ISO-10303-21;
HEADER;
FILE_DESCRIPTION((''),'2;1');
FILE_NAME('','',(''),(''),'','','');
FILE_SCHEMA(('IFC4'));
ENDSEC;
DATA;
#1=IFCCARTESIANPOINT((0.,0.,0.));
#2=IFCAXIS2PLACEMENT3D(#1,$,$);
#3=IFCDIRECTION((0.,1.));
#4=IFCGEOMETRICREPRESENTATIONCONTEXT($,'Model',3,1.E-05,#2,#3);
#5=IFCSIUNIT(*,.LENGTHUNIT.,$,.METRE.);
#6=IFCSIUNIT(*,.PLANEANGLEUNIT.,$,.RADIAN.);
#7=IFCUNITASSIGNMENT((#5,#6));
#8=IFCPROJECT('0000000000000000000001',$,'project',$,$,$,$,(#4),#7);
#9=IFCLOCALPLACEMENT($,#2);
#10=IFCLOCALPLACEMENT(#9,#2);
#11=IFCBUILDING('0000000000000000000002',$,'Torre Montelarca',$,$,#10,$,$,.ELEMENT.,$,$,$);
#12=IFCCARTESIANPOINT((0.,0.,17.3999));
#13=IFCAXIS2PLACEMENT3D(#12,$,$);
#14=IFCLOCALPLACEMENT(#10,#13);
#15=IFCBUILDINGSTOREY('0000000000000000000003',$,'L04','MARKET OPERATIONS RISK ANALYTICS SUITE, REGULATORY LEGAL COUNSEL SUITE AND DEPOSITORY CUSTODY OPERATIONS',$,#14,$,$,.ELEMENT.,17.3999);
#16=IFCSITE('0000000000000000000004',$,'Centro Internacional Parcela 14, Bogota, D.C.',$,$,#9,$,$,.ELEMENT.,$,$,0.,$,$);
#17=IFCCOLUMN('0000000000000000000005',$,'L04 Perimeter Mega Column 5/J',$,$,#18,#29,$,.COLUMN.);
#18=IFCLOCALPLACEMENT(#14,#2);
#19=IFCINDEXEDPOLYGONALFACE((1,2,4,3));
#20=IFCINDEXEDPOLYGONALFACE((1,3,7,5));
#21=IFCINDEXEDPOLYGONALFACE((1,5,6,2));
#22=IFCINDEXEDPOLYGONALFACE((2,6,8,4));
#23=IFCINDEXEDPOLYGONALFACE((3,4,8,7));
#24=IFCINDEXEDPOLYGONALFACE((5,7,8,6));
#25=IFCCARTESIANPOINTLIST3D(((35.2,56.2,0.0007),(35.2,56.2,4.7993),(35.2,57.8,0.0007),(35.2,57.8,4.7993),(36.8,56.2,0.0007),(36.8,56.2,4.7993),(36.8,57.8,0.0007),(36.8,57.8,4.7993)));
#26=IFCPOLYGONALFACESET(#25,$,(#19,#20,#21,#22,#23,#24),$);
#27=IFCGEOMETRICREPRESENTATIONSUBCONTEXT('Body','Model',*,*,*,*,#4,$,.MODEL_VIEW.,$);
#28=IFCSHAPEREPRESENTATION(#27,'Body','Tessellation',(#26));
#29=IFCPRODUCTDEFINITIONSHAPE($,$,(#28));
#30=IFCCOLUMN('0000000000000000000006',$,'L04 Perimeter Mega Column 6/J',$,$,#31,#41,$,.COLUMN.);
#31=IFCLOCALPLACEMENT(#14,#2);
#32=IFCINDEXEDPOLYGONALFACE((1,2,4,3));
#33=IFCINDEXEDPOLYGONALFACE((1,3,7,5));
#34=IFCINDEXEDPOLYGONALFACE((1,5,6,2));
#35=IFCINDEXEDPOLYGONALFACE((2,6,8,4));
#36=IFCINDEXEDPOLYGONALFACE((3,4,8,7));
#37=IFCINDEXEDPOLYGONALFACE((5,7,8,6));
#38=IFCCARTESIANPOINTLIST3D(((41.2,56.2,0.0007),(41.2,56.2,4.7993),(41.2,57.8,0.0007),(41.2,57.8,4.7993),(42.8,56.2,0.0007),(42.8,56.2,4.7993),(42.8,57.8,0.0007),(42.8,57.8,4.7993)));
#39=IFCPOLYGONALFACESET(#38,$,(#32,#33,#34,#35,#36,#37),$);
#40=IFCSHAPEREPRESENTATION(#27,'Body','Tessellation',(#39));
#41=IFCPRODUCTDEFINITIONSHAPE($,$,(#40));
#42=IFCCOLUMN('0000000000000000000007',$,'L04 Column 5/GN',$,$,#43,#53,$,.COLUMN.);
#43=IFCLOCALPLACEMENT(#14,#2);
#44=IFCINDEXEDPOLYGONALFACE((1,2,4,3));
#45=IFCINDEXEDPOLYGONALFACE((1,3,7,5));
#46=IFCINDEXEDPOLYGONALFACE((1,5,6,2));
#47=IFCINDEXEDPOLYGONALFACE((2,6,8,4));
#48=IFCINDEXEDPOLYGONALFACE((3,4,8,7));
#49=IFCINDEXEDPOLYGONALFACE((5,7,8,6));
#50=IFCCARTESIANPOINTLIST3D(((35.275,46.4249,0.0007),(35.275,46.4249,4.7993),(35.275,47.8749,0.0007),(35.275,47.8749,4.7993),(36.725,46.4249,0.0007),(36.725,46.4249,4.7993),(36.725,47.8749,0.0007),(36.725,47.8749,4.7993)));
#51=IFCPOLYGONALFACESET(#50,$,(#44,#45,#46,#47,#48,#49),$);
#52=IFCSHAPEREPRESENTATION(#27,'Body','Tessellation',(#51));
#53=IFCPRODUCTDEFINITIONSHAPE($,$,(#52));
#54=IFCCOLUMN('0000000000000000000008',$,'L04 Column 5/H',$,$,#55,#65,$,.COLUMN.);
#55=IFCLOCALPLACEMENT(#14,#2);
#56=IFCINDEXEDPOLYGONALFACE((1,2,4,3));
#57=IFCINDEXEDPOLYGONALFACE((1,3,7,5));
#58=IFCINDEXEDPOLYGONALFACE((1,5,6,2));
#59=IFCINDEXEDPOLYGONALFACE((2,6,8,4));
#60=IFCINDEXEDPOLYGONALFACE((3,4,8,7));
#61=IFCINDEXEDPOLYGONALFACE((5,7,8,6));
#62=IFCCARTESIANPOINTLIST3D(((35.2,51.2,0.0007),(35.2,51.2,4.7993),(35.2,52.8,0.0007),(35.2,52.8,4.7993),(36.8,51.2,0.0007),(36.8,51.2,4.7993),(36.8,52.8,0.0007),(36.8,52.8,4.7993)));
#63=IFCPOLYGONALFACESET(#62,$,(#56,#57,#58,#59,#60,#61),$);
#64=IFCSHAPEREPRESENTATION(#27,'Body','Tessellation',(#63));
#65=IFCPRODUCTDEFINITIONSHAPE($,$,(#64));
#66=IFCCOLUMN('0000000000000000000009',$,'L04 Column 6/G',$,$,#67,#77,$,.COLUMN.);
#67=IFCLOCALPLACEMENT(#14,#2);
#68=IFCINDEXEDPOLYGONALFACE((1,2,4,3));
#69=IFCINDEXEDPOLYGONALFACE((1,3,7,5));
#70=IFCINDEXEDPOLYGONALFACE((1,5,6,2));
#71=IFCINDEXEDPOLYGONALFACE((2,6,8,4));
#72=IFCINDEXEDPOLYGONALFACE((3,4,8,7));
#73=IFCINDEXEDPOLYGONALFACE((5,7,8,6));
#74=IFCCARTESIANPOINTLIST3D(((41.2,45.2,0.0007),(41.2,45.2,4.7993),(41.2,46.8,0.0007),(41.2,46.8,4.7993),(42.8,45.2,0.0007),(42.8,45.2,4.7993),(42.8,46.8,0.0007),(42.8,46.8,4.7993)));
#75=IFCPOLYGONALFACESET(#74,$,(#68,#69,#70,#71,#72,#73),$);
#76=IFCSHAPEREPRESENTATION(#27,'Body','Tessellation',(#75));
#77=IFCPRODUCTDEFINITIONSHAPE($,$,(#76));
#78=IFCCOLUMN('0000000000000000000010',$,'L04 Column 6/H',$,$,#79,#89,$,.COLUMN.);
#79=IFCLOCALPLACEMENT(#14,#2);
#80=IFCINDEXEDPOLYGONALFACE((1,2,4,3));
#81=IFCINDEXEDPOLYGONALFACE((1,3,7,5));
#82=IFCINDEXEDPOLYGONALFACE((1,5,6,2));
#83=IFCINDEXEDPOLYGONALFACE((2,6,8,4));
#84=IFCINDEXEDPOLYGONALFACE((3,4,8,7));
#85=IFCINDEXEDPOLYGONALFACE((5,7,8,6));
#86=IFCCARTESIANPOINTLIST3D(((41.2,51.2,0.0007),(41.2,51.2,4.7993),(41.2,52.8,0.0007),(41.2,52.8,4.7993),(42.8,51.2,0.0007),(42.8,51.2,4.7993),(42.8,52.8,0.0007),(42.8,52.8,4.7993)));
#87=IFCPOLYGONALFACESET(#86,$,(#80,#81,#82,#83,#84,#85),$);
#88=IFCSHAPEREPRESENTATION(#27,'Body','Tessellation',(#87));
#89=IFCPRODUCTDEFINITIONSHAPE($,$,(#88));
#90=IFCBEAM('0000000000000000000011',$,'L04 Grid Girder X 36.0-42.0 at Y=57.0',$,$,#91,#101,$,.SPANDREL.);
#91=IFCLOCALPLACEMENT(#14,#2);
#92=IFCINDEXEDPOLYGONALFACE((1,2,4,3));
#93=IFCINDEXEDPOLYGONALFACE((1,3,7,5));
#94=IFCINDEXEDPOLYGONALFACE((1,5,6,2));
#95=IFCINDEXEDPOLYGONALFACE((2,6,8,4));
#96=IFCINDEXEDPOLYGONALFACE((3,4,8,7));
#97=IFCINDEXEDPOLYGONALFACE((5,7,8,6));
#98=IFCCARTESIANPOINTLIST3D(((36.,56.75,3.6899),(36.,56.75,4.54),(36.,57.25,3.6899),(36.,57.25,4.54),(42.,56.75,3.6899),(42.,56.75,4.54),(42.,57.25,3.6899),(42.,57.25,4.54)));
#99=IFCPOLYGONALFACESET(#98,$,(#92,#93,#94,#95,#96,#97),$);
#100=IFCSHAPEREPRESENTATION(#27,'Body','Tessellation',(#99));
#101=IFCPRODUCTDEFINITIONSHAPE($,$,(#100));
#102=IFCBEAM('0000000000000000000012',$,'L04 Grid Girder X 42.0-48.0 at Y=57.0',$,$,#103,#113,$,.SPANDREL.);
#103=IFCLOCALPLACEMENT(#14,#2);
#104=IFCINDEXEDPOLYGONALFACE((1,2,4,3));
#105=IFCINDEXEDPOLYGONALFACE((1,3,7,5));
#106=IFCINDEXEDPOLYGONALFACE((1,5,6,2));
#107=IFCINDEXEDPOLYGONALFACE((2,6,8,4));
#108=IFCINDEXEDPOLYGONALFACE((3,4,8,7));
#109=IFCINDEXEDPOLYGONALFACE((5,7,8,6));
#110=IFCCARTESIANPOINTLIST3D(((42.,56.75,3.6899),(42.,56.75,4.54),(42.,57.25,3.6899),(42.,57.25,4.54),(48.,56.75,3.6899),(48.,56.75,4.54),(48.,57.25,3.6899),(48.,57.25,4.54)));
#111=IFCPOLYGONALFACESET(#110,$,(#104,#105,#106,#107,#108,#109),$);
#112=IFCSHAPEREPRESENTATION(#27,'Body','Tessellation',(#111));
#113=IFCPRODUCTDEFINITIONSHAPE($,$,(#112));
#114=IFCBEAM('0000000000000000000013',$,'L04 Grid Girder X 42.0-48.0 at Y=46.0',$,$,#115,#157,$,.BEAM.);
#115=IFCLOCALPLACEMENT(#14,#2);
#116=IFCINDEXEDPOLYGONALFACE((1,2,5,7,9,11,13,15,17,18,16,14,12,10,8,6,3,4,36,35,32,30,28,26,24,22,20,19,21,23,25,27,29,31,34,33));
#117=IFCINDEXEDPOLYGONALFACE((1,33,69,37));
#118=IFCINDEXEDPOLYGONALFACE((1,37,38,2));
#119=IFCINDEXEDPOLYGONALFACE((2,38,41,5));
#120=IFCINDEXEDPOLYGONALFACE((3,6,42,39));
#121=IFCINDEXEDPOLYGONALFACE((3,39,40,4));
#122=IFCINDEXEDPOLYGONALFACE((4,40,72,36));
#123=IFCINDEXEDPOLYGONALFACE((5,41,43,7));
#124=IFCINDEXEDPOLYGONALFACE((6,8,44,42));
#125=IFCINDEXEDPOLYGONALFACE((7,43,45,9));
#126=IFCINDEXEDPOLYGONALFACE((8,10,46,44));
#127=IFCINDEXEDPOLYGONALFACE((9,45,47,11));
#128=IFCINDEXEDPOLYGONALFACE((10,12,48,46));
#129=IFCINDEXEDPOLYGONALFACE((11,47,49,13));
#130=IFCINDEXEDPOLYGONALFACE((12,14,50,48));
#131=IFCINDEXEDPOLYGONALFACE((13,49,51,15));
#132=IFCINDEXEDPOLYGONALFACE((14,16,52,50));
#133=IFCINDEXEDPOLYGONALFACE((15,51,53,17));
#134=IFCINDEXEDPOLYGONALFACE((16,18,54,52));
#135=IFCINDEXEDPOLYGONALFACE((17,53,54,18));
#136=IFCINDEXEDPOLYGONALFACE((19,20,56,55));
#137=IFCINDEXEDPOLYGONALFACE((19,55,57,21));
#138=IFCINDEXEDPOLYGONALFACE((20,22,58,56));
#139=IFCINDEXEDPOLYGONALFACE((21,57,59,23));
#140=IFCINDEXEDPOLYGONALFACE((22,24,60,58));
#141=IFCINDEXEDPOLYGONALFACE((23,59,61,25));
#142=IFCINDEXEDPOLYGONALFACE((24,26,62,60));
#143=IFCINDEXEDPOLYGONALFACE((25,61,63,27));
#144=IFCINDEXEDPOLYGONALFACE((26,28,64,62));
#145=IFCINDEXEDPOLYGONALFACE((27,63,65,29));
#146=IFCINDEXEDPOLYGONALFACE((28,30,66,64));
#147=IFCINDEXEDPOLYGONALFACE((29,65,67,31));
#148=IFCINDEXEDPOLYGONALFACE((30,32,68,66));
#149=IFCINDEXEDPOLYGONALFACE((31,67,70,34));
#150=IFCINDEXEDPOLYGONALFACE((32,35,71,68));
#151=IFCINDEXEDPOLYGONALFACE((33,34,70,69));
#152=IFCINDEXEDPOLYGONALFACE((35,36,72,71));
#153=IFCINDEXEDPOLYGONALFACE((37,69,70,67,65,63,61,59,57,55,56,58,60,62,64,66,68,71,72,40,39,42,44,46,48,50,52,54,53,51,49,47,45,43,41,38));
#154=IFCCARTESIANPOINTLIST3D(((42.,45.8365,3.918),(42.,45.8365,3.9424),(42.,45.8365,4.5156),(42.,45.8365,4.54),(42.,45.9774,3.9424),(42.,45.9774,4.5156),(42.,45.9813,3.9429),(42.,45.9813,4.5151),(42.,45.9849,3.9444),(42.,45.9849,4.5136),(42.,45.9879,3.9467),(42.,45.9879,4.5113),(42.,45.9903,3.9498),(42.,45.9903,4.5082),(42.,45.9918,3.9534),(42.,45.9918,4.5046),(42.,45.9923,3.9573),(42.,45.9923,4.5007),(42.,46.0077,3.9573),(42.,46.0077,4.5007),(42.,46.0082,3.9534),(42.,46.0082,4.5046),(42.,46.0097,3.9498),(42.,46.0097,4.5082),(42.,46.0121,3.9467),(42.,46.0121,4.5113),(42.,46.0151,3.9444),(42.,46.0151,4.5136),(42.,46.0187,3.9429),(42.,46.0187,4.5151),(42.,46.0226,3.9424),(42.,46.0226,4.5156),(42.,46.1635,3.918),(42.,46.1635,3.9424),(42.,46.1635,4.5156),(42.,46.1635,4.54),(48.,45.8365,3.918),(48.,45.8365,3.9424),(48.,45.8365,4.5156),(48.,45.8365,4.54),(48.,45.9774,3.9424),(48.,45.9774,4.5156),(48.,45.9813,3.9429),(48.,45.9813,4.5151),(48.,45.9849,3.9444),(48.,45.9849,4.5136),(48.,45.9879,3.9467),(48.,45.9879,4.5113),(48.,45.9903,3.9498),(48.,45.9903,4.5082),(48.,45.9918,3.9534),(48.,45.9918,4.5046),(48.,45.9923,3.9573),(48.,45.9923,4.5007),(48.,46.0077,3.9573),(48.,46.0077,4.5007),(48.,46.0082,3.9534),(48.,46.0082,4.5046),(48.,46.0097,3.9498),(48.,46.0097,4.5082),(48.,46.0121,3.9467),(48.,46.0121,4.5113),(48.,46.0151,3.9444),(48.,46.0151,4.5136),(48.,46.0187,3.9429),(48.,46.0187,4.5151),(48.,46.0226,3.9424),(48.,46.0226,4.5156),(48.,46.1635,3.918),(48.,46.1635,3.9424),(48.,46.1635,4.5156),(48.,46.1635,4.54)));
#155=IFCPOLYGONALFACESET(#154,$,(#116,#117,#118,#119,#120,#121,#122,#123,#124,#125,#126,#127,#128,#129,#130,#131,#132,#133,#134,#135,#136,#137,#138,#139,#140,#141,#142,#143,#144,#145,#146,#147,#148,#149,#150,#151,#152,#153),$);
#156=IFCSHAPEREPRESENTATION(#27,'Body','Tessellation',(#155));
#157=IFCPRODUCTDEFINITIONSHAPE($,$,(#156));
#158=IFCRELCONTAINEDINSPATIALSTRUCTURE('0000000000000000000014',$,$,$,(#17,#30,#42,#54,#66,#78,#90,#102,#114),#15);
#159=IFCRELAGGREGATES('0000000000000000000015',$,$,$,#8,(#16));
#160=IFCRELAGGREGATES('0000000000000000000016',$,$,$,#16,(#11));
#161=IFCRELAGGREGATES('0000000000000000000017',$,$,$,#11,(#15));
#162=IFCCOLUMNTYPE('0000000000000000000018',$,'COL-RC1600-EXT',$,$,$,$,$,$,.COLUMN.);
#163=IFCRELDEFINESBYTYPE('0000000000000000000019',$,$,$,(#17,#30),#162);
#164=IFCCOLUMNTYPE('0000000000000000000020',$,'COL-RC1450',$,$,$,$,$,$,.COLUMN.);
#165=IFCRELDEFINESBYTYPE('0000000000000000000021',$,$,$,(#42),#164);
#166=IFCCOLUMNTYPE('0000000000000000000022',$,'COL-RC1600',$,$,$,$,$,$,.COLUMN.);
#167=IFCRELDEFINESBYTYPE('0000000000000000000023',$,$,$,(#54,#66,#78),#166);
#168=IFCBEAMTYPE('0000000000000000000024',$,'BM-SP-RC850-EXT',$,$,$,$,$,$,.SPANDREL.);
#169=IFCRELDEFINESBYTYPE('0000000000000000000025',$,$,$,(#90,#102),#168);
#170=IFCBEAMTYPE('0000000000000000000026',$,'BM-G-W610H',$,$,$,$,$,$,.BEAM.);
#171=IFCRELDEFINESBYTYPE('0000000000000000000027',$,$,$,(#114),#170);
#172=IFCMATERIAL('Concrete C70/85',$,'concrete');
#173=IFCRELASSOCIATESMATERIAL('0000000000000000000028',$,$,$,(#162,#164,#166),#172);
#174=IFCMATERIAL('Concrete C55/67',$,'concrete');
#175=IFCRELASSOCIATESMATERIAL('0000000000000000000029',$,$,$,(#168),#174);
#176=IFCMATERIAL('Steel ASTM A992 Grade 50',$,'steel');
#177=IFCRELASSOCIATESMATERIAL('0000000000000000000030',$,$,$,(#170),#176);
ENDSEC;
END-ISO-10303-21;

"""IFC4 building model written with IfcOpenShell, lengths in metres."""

from ifc_helpers import new_model, si_unit, direction, frame, origin, origin_2d, place, context, subcontext, project, spatial, rectangle, i_section, extrude, source, transform, mapped, material, material_profile, profile_set, type_object, element, save


model = new_model("IFC4")

# Units and contexts
model_context = context("Model", 3, precision=1e-05, world=origin(), true_north=direction((0.0, 1.0)))
body_context = subcontext(model_context, "Body", "Model", "MODEL_VIEW")
ifc_project = project(units=[si_unit("LENGTHUNIT", "METRE"), si_unit("PLANEANGLEUNIT", "RADIAN")], contexts=[model_context])

# Site, building, storey
site_placement = place(None, origin())
site = spatial("IfcSite", under=ifc_project, at=site_placement, Name="Centro Internacional Parcela 14, Bogota, D.C.", CompositionType="ELEMENT", RefElevation=0.0)
building_placement = place(site_placement, origin())
building = spatial("IfcBuilding", under=site, at=building_placement, Name="Torre Montelarca", CompositionType="ELEMENT")
storey_placement = place(building_placement, frame((0.0, 0.0, 17.3999)))
storey = spatial("IfcBuildingStorey", under=building, at=storey_placement, Name="L04", Description="MARKET OPERATIONS RISK ANALYTICS SUITE, REGULATORY LEGAL COUNSEL SUITE AND DEPOSITORY CUSTODY OPERATIONS", CompositionType="ELEMENT", Elevation=17.3999)

# Columns
ifc_material_1 = material(Name="Concrete C70/85", Category="concrete")
ifc_material_profile_1 = material_profile(ifc_material_1, rectangle(XDim=1.6001, YDim=1.6001, at=origin_2d()), Name="RC1600X1600", Category="concrete")
ifc_profile_set_1 = profile_set([ifc_material_profile_1], Name="Concrete C70/85")
column_type_1 = type_object("IfcColumnType", Name="COL-RC1600-EXT", PredefinedType="COLUMN", material=ifc_profile_set_1)
shared_shape_1 = source(origin(), body_context, "Body", "SweptSolid", [
    extrude(rectangle(XDim=1.6001, YDim=1.6001, at=origin_2d()), origin(), (0.0, 0.0, 1.0), 4.7986),
])
for number, where, z_axis, x_axis, name in (
    (1, (36.0, 57.0, 0.0007), (0.0, 0.0, 1.0), (1.0, 0.0, 0.0), "L04 Perimeter Mega Column 5/J"),
    (2, (42.0, 57.0, 0.0007), (0.0, 0.0, 1.0), (1.0, 0.0, 0.0), "L04 Perimeter Mega Column 6/J"),
):
    element("IfcColumn", number, at=place(storey_placement, frame(where, z_axis=z_axis, x_axis=x_axis)), inside=storey, type_object=column_type_1, Name=name, PredefinedType="COLUMN", context=body_context, shape_type="MappedRepresentation", body=[
        mapped(shared_shape_1, transform((0.0, 0.0, 0.0), scale=1.0)),
    ])
ifc_material_profile_2 = material_profile(ifc_material_1, rectangle(XDim=1.45, YDim=1.45, at=origin_2d()), Name="RC1450X1450", Category="concrete")
ifc_profile_set_2 = profile_set([ifc_material_profile_2], Name="Concrete C70/85")
column_type_2 = type_object("IfcColumnType", Name="COL-RC1450", PredefinedType="COLUMN", material=ifc_profile_set_2)
shared_shape_2 = source(origin(), body_context, "Body", "SweptSolid", [
    extrude(rectangle(XDim=1.45, YDim=1.45, at=origin_2d()), origin(), (0.0, 0.0, 1.0), 4.7986),
])
column_placement = place(storey_placement, frame((36.0, 47.1499, 0.0007), z_axis=(0.0, 0.0, 1.0), x_axis=(1.0, 0.0, 0.0)))
element("IfcColumn", 3, at=column_placement, inside=storey, type_object=column_type_2, Name="L04 Column 5/GN", PredefinedType="COLUMN", context=body_context, shape_type="MappedRepresentation", body=[
    mapped(shared_shape_2, transform((0.0, 0.0, 0.0), scale=1.0)),
])
ifc_material_profile_3 = material_profile(ifc_material_1, rectangle(XDim=1.6001, YDim=1.6001, at=origin_2d()), Name="RC1600X1600", Category="concrete")
ifc_profile_set_3 = profile_set([ifc_material_profile_3], Name="Concrete C70/85")
column_type_3 = type_object("IfcColumnType", Name="COL-RC1600", PredefinedType="COLUMN", material=ifc_profile_set_3)
shared_shape_3 = source(origin(), body_context, "Body", "SweptSolid", [
    extrude(rectangle(XDim=1.6001, YDim=1.6001, at=origin_2d()), origin(), (0.0, 0.0, 1.0), 4.7986),
])
for number, where, z_axis, x_axis, name in (
    (4, (36.0, 52.0, 0.0007), (0.0, 0.0, 1.0), (1.0, 0.0, 0.0), "L04 Column 5/H"),
    (5, (42.0, 46.0, 0.0007), (0.0, 0.0, 1.0), (1.0, 0.0, 0.0), "L04 Column 6/G"),
    (6, (42.0, 52.0, 0.0007), (0.0, 0.0, 1.0), (1.0, 0.0, 0.0), "L04 Column 6/H"),
):
    element("IfcColumn", number, at=place(storey_placement, frame(where, z_axis=z_axis, x_axis=x_axis)), inside=storey, type_object=column_type_3, Name=name, PredefinedType="COLUMN", context=body_context, shape_type="MappedRepresentation", body=[
        mapped(shared_shape_3, transform((0.0, 0.0, 0.0), scale=1.0)),
    ])

# Beams
ifc_material_2 = material(Name="Concrete C55/67", Category="concrete")
ifc_material_profile_4 = material_profile(ifc_material_2, rectangle(XDim=0.5, YDim=0.8501, at=origin_2d()), Name="RCB500X850", Category="concrete")
ifc_profile_set_4 = profile_set([ifc_material_profile_4], Name="Concrete C55/67")
beam_type_1 = type_object("IfcBeamType", Name="BM-SP-RC850-EXT", PredefinedType="SPANDREL", material=ifc_profile_set_4)
shared_shape_4 = source(origin(), body_context, "Body", "SweptSolid", [
    extrude(rectangle(XDim=0.5, YDim=0.8501, at=origin_2d()), origin(), (0.0, 0.0, 1.0), 6.0),
])
for number, where, z_axis, x_axis, name in (
    (7, (36.0, 57.0, 4.115), (1.0, 0.0, 0.0), (0.0, 1.0, 0.0), "L04 Grid Girder X 36.0-42.0 at Y=57.0"),
    (8, (42.0, 57.0, 4.115), (1.0, 0.0, 0.0), (0.0, 1.0, 0.0), "L04 Grid Girder X 42.0-48.0 at Y=57.0"),
):
    element("IfcBeam", number, at=place(storey_placement, frame(where, z_axis=z_axis, x_axis=x_axis)), inside=storey, type_object=beam_type_1, Name=name, PredefinedType="SPANDREL", context=body_context, shape_type="MappedRepresentation", body=[
        mapped(shared_shape_4, transform((0.0, 0.0, 0.0), scale=1.0)),
    ])
ifc_material_3 = material(Name="Steel ASTM A992 Grade 50", Category="steel")
ifc_material_profile_5 = material_profile(ifc_material_3, i_section(OverallWidth=0.3269, OverallDepth=0.6221, WebThickness=0.0154, FlangeThickness=0.0244, FilletRadius=0.0149, at=origin_2d()), Name="W610X195", Category="steel")
ifc_profile_set_5 = profile_set([ifc_material_profile_5], Name="Steel ASTM A992 Grade 50")
beam_type_2 = type_object("IfcBeamType", Name="BM-G-W610H", PredefinedType="BEAM", material=ifc_profile_set_5)
shared_shape_5 = source(origin(), body_context, "Body", "SweptSolid", [
    extrude(i_section(OverallWidth=0.3269, OverallDepth=0.6221, WebThickness=0.0154, FlangeThickness=0.0244, FilletRadius=0.0149, at=origin_2d()), origin(), (0.0, 0.0, 1.0), 6.0),
])
for number, where, z_axis, x_axis, name in (
    (9, (42.0, 46.0, 4.229), (1.0, 0.0, 0.0), (0.0, 1.0, 0.0), "L04 Grid Girder X 42.0-48.0 at Y=46.0"),
):
    element("IfcBeam", number, at=place(storey_placement, frame(where, z_axis=z_axis, x_axis=x_axis)), inside=storey, type_object=beam_type_2, Name=name, PredefinedType="BEAM", context=body_context, shape_type="MappedRepresentation", body=[
        mapped(shared_shape_5, transform((0.0, 0.0, 0.0), scale=1.0)),
    ])

save(model, "model.ifc")
